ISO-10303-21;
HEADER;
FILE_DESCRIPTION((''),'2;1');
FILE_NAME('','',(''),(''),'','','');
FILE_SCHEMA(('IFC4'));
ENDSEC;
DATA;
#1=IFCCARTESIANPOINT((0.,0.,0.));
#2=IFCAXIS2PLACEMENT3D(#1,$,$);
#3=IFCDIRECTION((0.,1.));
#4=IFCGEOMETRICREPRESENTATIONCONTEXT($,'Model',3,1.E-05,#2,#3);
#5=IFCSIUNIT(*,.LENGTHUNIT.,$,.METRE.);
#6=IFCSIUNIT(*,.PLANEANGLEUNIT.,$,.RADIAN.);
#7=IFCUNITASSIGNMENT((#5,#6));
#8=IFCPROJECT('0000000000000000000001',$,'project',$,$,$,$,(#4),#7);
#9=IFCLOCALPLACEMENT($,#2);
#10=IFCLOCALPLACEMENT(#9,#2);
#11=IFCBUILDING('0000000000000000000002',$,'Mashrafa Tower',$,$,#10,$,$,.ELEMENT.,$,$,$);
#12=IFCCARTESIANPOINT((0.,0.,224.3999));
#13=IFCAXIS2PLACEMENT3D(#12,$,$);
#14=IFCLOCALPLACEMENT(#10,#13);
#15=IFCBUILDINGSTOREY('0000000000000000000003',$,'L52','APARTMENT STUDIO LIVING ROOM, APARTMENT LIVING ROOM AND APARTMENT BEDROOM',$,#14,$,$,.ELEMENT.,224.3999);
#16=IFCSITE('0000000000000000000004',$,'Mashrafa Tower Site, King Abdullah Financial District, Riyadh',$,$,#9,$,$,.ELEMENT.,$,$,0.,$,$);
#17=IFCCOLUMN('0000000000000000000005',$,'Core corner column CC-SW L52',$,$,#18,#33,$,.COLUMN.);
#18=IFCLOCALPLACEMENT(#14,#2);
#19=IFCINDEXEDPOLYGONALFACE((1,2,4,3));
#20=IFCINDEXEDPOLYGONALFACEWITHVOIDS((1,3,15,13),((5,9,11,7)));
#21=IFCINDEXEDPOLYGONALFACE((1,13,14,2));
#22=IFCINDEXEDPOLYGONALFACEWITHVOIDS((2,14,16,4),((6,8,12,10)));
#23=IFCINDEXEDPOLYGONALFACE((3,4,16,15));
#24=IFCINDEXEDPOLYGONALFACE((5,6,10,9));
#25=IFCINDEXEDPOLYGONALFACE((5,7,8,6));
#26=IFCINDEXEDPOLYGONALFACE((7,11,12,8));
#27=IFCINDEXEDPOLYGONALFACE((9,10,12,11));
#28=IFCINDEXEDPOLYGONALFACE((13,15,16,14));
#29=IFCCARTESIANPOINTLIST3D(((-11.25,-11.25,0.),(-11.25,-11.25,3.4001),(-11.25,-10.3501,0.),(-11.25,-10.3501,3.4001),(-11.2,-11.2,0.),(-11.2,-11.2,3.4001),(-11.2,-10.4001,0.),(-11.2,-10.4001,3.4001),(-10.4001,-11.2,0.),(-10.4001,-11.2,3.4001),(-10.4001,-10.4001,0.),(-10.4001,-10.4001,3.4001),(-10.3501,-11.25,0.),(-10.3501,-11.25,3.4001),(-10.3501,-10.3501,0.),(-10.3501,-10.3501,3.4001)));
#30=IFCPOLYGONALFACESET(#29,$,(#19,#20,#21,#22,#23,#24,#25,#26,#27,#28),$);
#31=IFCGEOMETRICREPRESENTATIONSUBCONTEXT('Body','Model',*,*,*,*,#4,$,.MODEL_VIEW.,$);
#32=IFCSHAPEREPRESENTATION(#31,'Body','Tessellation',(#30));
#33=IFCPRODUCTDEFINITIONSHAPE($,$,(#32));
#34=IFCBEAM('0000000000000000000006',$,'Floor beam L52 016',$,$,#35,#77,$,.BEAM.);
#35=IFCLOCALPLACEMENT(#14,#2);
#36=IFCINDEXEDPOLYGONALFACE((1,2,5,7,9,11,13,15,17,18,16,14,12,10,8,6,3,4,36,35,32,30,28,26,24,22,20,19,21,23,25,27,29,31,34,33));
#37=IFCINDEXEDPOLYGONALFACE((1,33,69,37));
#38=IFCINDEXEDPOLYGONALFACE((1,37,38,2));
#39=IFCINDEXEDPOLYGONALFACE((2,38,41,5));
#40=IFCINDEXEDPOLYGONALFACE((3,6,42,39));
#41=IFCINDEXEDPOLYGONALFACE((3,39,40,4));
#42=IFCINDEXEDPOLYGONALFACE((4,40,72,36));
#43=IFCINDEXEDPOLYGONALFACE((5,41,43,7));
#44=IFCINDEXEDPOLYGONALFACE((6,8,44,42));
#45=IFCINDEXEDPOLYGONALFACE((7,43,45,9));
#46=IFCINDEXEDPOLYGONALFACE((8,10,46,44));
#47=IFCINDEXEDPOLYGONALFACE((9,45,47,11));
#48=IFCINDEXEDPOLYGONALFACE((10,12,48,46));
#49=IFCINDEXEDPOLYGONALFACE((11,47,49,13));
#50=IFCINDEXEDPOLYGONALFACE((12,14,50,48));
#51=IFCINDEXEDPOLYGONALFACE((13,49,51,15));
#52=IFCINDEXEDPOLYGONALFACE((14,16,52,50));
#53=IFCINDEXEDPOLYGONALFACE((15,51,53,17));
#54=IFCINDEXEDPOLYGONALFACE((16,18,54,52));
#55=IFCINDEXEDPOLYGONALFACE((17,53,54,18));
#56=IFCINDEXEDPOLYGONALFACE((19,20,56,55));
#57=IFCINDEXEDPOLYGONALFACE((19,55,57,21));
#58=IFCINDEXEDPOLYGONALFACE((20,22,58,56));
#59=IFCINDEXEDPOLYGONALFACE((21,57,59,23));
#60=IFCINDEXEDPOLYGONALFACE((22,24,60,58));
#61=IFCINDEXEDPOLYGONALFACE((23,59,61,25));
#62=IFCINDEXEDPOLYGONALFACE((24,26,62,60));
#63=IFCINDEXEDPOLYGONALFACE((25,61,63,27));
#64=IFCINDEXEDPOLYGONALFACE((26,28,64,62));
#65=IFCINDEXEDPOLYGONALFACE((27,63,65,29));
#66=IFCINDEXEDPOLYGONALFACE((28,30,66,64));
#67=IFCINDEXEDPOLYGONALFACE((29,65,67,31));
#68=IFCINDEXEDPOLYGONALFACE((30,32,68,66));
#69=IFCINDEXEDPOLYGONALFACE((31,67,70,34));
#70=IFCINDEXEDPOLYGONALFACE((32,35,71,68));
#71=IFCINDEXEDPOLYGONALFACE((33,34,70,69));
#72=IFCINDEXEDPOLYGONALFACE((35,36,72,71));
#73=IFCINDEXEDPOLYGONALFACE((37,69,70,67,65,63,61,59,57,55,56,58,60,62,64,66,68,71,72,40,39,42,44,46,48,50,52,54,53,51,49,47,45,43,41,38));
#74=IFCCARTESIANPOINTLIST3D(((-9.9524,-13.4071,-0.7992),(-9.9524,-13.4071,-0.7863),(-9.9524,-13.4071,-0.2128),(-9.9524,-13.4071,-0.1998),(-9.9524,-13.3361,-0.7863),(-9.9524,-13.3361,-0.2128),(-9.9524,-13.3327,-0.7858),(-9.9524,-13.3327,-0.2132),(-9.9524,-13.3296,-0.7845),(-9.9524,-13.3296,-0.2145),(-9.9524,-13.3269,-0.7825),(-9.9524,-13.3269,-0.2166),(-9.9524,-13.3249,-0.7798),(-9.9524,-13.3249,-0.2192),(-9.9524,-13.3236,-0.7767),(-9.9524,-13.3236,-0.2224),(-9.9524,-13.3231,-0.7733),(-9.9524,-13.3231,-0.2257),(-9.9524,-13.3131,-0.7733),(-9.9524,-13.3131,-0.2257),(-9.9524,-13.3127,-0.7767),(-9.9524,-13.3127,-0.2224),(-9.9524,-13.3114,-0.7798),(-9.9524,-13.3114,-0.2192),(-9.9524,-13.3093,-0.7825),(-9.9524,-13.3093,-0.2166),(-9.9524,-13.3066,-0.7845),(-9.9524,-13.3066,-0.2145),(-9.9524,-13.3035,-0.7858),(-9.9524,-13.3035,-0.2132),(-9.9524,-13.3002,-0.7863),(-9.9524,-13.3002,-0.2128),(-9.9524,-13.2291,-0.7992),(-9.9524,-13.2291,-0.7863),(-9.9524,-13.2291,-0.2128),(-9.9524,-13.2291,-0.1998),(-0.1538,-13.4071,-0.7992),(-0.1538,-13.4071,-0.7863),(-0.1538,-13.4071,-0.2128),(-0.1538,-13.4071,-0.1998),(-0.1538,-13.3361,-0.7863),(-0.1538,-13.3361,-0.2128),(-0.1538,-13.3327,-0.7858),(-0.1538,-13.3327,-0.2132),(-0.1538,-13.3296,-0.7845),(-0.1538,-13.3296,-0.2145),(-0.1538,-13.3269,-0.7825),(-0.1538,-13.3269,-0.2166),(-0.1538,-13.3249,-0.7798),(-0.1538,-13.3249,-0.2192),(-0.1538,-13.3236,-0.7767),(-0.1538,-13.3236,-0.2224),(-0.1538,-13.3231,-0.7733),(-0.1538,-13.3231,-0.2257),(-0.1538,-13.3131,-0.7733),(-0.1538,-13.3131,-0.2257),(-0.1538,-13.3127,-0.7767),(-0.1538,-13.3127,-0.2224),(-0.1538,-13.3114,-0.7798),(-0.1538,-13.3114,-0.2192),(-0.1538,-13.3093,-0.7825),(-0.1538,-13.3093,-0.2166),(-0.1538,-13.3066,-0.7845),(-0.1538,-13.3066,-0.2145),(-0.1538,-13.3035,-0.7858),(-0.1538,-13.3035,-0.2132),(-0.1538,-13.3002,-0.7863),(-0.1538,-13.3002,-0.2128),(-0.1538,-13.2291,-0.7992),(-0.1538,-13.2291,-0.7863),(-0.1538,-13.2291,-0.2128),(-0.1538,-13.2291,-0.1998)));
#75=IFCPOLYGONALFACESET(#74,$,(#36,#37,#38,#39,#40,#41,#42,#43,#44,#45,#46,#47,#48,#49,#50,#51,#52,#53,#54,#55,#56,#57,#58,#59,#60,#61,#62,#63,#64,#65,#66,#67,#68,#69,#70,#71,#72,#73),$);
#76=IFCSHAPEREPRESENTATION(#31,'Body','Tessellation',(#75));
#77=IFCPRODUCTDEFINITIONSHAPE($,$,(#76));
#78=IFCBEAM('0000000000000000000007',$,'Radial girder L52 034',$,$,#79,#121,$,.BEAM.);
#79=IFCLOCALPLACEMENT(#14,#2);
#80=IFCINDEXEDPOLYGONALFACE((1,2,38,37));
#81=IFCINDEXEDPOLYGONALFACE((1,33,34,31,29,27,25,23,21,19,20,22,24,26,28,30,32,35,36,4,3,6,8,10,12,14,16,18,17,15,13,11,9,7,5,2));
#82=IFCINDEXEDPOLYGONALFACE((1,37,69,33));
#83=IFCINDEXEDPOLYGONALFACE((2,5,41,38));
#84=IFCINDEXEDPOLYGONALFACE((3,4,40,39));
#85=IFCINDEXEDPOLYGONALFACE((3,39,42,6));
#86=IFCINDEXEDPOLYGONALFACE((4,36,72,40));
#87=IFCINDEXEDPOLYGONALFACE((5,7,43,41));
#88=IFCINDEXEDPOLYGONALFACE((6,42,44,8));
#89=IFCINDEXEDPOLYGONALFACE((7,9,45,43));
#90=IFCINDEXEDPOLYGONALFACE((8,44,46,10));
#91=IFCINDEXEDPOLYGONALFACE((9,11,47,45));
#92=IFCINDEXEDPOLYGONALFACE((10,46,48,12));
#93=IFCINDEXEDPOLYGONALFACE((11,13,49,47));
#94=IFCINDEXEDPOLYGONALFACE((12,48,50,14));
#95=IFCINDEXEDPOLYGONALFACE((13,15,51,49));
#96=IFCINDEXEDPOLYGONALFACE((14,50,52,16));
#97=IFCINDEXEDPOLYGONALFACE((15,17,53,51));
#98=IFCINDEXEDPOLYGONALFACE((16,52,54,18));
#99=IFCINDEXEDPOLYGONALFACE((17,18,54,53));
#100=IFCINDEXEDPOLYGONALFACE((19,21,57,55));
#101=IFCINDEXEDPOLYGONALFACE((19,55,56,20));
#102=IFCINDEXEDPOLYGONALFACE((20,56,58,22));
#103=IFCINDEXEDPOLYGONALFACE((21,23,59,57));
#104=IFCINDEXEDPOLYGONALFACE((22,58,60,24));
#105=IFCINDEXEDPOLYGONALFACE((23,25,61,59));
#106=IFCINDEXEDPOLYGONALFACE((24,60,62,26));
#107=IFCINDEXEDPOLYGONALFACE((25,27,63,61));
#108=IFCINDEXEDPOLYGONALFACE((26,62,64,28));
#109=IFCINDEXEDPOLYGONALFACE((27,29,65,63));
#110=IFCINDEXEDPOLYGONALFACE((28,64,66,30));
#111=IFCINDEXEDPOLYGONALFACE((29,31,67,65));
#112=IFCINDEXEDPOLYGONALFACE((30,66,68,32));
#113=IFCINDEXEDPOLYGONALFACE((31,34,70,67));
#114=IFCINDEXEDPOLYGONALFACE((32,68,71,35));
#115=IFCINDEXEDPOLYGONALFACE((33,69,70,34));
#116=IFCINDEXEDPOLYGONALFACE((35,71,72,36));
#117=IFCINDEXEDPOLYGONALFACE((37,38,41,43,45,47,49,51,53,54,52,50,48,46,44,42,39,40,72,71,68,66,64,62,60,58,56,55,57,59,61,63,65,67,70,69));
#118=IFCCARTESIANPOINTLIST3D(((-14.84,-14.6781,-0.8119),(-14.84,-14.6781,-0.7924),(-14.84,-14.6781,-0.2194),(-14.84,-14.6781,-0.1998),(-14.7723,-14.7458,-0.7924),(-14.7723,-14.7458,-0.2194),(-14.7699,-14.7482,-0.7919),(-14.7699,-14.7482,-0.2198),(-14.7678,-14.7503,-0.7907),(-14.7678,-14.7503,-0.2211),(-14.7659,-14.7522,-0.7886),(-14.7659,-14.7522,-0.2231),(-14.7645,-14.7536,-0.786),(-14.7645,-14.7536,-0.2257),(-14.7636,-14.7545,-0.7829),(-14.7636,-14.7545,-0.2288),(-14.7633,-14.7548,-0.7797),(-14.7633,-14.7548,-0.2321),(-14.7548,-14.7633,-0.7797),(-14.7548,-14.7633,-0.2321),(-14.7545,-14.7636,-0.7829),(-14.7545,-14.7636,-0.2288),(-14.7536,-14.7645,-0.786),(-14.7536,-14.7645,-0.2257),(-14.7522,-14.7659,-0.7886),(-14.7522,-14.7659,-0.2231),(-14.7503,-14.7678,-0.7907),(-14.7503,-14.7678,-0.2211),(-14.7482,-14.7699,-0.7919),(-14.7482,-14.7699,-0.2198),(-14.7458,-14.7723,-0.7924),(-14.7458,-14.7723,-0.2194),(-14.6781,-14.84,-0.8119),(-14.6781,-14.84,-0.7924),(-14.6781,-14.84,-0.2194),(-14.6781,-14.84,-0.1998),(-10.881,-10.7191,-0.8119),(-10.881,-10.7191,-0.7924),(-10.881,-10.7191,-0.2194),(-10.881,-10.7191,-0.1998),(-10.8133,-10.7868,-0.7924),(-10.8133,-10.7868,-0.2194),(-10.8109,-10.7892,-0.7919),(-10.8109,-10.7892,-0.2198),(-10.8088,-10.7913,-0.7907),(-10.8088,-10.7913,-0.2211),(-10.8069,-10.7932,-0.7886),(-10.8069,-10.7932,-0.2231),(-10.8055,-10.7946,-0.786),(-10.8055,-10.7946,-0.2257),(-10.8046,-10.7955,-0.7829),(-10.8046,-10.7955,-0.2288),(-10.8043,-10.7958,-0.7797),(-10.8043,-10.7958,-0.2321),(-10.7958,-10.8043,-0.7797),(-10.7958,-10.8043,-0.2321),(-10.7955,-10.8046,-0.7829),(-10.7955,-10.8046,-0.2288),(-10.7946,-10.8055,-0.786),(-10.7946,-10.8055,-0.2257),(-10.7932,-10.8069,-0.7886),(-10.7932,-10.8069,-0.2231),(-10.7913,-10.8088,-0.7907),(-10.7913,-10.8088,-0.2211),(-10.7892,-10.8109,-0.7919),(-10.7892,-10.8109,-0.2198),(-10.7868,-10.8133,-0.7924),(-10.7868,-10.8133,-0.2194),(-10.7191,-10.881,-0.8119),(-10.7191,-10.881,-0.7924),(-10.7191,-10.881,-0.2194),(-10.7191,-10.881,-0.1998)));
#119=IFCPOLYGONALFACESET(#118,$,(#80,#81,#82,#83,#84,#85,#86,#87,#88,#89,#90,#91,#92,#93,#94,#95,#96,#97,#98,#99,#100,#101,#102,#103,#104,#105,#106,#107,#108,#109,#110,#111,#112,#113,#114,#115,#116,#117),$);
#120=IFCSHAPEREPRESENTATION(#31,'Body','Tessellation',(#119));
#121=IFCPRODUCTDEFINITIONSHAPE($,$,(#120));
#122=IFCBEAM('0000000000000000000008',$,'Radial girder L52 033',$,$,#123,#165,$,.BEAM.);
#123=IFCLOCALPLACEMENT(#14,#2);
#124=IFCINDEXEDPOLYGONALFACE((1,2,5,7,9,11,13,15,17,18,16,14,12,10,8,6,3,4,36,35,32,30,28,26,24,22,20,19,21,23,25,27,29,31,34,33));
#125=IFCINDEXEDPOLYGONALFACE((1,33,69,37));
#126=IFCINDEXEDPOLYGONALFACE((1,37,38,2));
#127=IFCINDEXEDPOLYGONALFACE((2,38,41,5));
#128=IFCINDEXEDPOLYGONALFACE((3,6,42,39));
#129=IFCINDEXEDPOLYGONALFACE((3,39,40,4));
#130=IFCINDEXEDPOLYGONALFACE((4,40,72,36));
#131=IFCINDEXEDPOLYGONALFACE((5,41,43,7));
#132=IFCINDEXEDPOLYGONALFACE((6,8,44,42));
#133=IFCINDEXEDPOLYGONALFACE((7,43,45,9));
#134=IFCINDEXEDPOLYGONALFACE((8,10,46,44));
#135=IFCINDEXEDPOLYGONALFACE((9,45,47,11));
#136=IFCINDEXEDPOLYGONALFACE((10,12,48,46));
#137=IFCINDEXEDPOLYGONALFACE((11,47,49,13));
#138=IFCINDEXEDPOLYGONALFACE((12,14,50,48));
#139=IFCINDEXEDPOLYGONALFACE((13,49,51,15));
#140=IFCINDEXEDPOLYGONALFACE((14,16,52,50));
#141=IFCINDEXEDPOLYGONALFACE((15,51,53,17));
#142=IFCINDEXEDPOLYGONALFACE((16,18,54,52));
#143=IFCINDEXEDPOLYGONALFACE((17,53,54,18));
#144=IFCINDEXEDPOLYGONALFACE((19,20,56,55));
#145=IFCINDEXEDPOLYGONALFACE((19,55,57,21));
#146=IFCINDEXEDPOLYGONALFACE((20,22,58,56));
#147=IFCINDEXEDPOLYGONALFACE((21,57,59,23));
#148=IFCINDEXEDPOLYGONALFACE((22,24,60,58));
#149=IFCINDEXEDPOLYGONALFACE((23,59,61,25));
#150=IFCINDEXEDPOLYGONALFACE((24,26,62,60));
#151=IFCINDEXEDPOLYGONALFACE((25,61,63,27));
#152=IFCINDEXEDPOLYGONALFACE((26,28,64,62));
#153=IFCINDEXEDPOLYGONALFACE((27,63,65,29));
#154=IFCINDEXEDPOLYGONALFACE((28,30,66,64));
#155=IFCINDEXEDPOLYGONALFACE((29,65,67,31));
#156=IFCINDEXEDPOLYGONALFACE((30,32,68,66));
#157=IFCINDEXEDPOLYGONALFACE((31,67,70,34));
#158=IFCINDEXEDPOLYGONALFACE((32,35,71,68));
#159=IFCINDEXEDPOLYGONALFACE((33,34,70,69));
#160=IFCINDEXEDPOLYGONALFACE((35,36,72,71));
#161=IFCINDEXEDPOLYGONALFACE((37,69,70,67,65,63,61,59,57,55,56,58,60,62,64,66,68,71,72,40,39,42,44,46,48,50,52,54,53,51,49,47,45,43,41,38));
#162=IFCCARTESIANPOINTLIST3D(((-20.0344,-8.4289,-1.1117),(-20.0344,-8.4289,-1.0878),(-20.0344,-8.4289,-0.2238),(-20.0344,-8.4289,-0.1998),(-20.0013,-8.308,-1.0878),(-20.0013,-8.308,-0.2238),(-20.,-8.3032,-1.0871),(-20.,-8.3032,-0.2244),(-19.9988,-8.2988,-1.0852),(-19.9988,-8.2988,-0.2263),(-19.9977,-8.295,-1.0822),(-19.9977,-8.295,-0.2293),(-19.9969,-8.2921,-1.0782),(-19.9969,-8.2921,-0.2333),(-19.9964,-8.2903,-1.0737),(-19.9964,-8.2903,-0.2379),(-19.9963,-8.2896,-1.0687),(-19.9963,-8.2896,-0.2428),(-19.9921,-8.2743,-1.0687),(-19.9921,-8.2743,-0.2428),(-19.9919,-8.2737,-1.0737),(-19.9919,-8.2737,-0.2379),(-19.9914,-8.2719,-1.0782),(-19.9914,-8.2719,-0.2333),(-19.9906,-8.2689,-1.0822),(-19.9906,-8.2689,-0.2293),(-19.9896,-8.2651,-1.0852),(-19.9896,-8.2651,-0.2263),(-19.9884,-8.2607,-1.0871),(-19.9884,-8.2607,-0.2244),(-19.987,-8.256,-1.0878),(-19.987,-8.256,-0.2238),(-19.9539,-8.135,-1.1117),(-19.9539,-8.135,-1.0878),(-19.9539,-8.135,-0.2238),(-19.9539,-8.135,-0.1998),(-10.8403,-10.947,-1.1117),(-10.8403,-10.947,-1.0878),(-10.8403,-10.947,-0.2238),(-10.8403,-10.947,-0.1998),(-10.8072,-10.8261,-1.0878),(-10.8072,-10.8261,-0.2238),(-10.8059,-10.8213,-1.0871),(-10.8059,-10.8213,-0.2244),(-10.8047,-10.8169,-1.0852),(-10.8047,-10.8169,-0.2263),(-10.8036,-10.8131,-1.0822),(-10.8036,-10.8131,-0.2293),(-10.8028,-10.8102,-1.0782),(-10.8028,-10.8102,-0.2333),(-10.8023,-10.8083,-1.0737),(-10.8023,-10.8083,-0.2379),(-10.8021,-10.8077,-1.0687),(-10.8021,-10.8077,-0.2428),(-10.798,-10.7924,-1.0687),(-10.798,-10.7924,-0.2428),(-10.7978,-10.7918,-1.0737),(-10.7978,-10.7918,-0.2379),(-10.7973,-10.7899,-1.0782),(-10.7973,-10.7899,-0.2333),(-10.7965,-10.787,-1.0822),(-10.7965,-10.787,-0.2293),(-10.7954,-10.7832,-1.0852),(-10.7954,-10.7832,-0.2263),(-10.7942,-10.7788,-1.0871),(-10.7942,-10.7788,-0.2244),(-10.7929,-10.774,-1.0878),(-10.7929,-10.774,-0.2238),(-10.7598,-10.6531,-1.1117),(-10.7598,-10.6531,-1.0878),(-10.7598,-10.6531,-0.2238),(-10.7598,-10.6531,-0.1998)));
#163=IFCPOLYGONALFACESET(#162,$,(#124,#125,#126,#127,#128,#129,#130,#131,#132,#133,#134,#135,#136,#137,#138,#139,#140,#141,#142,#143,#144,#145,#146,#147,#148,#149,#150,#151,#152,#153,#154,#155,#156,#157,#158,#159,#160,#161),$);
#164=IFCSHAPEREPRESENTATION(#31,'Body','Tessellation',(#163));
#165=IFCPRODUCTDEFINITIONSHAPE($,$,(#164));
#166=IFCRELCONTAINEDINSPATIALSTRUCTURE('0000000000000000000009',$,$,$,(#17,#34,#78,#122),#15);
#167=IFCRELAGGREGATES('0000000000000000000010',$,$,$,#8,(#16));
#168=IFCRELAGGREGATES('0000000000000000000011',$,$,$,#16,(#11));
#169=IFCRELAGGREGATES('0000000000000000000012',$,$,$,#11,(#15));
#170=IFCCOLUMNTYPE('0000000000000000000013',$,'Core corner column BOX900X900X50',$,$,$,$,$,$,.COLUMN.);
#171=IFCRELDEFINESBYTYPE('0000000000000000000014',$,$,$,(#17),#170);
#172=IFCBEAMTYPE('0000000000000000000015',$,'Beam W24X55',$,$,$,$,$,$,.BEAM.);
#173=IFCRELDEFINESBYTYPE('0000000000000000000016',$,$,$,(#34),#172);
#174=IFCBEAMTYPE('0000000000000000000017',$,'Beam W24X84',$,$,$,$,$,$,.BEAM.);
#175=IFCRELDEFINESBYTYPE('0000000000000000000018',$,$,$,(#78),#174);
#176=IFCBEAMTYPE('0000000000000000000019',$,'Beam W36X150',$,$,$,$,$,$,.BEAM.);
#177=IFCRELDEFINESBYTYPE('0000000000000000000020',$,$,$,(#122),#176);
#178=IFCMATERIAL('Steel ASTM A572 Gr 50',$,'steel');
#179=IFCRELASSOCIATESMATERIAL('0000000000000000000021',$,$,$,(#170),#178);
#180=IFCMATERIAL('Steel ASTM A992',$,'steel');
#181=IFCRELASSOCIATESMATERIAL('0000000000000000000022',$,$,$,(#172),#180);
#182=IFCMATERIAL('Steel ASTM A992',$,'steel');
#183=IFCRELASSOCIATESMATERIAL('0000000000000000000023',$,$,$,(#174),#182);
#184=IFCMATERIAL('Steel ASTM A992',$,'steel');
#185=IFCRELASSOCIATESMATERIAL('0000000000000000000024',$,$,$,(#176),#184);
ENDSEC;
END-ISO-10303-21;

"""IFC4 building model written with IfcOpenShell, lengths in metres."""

from ifc_helpers import new_model, si_unit, direction, frame, origin, origin_2d, place, context, subcontext, project, spatial, hollow_rectangle, i_section, extrude, material, material_profile, profile_set, type_object, element, save


model = new_model("IFC4")

# Units and contexts
model_context = context("Model", 3, precision=1e-05, world=origin(), true_north=direction((0.0, 1.0)))
body_context = subcontext(model_context, "Body", "Model", "MODEL_VIEW")
ifc_project = project(units=[si_unit("LENGTHUNIT", "METRE"), si_unit("PLANEANGLEUNIT", "RADIAN")], contexts=[model_context])

# Site, building, storey
site_placement = place(None, origin())
site = spatial("IfcSite", under=ifc_project, at=site_placement, Name="Mashrafa Tower Site, King Abdullah Financial District, Riyadh", CompositionType="ELEMENT", RefElevation=0.0)
building_placement = place(site_placement, origin())
building = spatial("IfcBuilding", under=site, at=building_placement, Name="Mashrafa Tower", CompositionType="ELEMENT")
storey_placement = place(building_placement, frame((0.0, 0.0, 224.3999)))
storey = spatial("IfcBuildingStorey", under=building, at=storey_placement, Name="L52", Description="APARTMENT STUDIO LIVING ROOM, APARTMENT LIVING ROOM AND APARTMENT BEDROOM", CompositionType="ELEMENT", Elevation=224.3999)

# Column
ifc_material_1 = material(Name="Steel ASTM A572 Gr 50", Category="steel")
ifc_material_profile_1 = material_profile(ifc_material_1, hollow_rectangle(XDim=0.8999, YDim=0.8999, WallThickness=0.05, at=origin_2d()), Name="BOX900X900X50")
ifc_profile_set_1 = profile_set([ifc_material_profile_1], Name="Steel ASTM A572 Gr 50")
column_type = type_object("IfcColumnType", Name="Core corner column BOX900X900X50", PredefinedType="COLUMN", material=ifc_profile_set_1)
column_placement = place(storey_placement, frame((-10.8, -10.8, 0.0), z_axis=(0.0, 0.0, 1.0), x_axis=(1.0, 0.0, 0.0)))
element("IfcColumn", 1, at=column_placement, inside=storey, type_object=column_type, Name="Core corner column CC-SW L52", PredefinedType="COLUMN", context=body_context, shape_type="SweptSolid", body=[
    extrude(hollow_rectangle(XDim=0.8999, YDim=0.8999, WallThickness=0.05, at=origin_2d()), origin(), (0.0, 0.0, 1.0), 3.4001),
])

# Beams
ifc_material_2 = material(Name="Steel ASTM A992", Category="steel")
ifc_material_profile_2 = material_profile(ifc_material_2, i_section(OverallWidth=0.178, OverallDepth=0.5994, WebThickness=0.01, FlangeThickness=0.0129, FilletRadius=0.0129, at=origin_2d()), Name="W24X55")
ifc_profile_set_2 = profile_set([ifc_material_profile_2], Name="Steel ASTM A992")
beam_type_1 = type_object("IfcBeamType", Name="Beam W24X55", PredefinedType="BEAM", material=ifc_profile_set_2)
beam_1_placement = place(storey_placement, frame((-0.1538, -13.3181, -0.4995), z_axis=(-1.0, 0.0, 0.0), x_axis=(0.0, -1.0, 0.0)))
element("IfcBeam", 2, at=beam_1_placement, inside=storey, type_object=beam_type_1, Name="Floor beam L52 016", PredefinedType="BEAM", context=body_context, shape_type="SweptSolid", body=[
    extrude(i_section(OverallWidth=0.178, OverallDepth=0.5994, WebThickness=0.01, FlangeThickness=0.0129, FilletRadius=0.0129, at=origin_2d()), origin(), (0.0, 0.0, 1.0), 9.7986),
])
ifc_material_3 = material(Name="Steel ASTM A992", Category="steel")
ifc_material_profile_3 = material_profile(ifc_material_3, i_section(OverallWidth=0.229, OverallDepth=0.6121, WebThickness=0.012, FlangeThickness=0.0195, FilletRadius=0.0127, at=origin_2d()), Name="W24X84")
ifc_profile_set_3 = profile_set([ifc_material_profile_3], Name="Steel ASTM A992")
beam_type_2 = type_object("IfcBeamType", Name="Beam W24X84", PredefinedType="BEAM", material=ifc_profile_set_3)
beam_2_placement = place(storey_placement, frame((-10.8, -10.8, -0.5059), z_axis=(-0.707107, -0.707107, 0.0), x_axis=(0.707107, -0.707107, 0.0)))
element("IfcBeam", 3, at=beam_2_placement, inside=storey, type_object=beam_type_2, Name="Radial girder L52 034", PredefinedType="BEAM", context=body_context, shape_type="SweptSolid", body=[
    extrude(i_section(OverallWidth=0.229, OverallDepth=0.6121, WebThickness=0.012, FlangeThickness=0.0195, FilletRadius=0.0127, at=origin_2d()), origin(), (0.0, 0.0, 1.0), 5.5989),
])
ifc_material_4 = material(Name="Steel ASTM A992", Category="steel")
ifc_material_profile_4 = material_profile(ifc_material_4, i_section(OverallWidth=0.3047, OverallDepth=0.9119, WebThickness=0.0159, FlangeThickness=0.0239, FilletRadius=0.019, at=origin_2d()), Name="W36X150")
ifc_profile_set_4 = profile_set([ifc_material_profile_4], Name="Steel ASTM A992")
beam_type_3 = type_object("IfcBeamType", Name="Beam W36X150", PredefinedType="BEAM", material=ifc_profile_set_4)
for number, where, z_axis, x_axis, name in (
    (4, (-10.8, -10.8, -0.6558), (-0.964481, 0.264151, 0.0), (-0.264151, -0.964481, 0.0), "Radial girder L52 033"),
):
    element("IfcBeam", number, at=place(storey_placement, frame(where, z_axis=z_axis, x_axis=x_axis)), inside=storey, type_object=beam_type_3, Name=name, PredefinedType="BEAM", context=body_context, shape_type="SweptSolid", body=[
        extrude(i_section(OverallWidth=0.3047, OverallDepth=0.9119, WebThickness=0.0159, FlangeThickness=0.0239, FilletRadius=0.019, at=origin_2d()), origin(), (0.0, 0.0, 1.0), 9.5327),
    ])

save(model, "model.ifc")
